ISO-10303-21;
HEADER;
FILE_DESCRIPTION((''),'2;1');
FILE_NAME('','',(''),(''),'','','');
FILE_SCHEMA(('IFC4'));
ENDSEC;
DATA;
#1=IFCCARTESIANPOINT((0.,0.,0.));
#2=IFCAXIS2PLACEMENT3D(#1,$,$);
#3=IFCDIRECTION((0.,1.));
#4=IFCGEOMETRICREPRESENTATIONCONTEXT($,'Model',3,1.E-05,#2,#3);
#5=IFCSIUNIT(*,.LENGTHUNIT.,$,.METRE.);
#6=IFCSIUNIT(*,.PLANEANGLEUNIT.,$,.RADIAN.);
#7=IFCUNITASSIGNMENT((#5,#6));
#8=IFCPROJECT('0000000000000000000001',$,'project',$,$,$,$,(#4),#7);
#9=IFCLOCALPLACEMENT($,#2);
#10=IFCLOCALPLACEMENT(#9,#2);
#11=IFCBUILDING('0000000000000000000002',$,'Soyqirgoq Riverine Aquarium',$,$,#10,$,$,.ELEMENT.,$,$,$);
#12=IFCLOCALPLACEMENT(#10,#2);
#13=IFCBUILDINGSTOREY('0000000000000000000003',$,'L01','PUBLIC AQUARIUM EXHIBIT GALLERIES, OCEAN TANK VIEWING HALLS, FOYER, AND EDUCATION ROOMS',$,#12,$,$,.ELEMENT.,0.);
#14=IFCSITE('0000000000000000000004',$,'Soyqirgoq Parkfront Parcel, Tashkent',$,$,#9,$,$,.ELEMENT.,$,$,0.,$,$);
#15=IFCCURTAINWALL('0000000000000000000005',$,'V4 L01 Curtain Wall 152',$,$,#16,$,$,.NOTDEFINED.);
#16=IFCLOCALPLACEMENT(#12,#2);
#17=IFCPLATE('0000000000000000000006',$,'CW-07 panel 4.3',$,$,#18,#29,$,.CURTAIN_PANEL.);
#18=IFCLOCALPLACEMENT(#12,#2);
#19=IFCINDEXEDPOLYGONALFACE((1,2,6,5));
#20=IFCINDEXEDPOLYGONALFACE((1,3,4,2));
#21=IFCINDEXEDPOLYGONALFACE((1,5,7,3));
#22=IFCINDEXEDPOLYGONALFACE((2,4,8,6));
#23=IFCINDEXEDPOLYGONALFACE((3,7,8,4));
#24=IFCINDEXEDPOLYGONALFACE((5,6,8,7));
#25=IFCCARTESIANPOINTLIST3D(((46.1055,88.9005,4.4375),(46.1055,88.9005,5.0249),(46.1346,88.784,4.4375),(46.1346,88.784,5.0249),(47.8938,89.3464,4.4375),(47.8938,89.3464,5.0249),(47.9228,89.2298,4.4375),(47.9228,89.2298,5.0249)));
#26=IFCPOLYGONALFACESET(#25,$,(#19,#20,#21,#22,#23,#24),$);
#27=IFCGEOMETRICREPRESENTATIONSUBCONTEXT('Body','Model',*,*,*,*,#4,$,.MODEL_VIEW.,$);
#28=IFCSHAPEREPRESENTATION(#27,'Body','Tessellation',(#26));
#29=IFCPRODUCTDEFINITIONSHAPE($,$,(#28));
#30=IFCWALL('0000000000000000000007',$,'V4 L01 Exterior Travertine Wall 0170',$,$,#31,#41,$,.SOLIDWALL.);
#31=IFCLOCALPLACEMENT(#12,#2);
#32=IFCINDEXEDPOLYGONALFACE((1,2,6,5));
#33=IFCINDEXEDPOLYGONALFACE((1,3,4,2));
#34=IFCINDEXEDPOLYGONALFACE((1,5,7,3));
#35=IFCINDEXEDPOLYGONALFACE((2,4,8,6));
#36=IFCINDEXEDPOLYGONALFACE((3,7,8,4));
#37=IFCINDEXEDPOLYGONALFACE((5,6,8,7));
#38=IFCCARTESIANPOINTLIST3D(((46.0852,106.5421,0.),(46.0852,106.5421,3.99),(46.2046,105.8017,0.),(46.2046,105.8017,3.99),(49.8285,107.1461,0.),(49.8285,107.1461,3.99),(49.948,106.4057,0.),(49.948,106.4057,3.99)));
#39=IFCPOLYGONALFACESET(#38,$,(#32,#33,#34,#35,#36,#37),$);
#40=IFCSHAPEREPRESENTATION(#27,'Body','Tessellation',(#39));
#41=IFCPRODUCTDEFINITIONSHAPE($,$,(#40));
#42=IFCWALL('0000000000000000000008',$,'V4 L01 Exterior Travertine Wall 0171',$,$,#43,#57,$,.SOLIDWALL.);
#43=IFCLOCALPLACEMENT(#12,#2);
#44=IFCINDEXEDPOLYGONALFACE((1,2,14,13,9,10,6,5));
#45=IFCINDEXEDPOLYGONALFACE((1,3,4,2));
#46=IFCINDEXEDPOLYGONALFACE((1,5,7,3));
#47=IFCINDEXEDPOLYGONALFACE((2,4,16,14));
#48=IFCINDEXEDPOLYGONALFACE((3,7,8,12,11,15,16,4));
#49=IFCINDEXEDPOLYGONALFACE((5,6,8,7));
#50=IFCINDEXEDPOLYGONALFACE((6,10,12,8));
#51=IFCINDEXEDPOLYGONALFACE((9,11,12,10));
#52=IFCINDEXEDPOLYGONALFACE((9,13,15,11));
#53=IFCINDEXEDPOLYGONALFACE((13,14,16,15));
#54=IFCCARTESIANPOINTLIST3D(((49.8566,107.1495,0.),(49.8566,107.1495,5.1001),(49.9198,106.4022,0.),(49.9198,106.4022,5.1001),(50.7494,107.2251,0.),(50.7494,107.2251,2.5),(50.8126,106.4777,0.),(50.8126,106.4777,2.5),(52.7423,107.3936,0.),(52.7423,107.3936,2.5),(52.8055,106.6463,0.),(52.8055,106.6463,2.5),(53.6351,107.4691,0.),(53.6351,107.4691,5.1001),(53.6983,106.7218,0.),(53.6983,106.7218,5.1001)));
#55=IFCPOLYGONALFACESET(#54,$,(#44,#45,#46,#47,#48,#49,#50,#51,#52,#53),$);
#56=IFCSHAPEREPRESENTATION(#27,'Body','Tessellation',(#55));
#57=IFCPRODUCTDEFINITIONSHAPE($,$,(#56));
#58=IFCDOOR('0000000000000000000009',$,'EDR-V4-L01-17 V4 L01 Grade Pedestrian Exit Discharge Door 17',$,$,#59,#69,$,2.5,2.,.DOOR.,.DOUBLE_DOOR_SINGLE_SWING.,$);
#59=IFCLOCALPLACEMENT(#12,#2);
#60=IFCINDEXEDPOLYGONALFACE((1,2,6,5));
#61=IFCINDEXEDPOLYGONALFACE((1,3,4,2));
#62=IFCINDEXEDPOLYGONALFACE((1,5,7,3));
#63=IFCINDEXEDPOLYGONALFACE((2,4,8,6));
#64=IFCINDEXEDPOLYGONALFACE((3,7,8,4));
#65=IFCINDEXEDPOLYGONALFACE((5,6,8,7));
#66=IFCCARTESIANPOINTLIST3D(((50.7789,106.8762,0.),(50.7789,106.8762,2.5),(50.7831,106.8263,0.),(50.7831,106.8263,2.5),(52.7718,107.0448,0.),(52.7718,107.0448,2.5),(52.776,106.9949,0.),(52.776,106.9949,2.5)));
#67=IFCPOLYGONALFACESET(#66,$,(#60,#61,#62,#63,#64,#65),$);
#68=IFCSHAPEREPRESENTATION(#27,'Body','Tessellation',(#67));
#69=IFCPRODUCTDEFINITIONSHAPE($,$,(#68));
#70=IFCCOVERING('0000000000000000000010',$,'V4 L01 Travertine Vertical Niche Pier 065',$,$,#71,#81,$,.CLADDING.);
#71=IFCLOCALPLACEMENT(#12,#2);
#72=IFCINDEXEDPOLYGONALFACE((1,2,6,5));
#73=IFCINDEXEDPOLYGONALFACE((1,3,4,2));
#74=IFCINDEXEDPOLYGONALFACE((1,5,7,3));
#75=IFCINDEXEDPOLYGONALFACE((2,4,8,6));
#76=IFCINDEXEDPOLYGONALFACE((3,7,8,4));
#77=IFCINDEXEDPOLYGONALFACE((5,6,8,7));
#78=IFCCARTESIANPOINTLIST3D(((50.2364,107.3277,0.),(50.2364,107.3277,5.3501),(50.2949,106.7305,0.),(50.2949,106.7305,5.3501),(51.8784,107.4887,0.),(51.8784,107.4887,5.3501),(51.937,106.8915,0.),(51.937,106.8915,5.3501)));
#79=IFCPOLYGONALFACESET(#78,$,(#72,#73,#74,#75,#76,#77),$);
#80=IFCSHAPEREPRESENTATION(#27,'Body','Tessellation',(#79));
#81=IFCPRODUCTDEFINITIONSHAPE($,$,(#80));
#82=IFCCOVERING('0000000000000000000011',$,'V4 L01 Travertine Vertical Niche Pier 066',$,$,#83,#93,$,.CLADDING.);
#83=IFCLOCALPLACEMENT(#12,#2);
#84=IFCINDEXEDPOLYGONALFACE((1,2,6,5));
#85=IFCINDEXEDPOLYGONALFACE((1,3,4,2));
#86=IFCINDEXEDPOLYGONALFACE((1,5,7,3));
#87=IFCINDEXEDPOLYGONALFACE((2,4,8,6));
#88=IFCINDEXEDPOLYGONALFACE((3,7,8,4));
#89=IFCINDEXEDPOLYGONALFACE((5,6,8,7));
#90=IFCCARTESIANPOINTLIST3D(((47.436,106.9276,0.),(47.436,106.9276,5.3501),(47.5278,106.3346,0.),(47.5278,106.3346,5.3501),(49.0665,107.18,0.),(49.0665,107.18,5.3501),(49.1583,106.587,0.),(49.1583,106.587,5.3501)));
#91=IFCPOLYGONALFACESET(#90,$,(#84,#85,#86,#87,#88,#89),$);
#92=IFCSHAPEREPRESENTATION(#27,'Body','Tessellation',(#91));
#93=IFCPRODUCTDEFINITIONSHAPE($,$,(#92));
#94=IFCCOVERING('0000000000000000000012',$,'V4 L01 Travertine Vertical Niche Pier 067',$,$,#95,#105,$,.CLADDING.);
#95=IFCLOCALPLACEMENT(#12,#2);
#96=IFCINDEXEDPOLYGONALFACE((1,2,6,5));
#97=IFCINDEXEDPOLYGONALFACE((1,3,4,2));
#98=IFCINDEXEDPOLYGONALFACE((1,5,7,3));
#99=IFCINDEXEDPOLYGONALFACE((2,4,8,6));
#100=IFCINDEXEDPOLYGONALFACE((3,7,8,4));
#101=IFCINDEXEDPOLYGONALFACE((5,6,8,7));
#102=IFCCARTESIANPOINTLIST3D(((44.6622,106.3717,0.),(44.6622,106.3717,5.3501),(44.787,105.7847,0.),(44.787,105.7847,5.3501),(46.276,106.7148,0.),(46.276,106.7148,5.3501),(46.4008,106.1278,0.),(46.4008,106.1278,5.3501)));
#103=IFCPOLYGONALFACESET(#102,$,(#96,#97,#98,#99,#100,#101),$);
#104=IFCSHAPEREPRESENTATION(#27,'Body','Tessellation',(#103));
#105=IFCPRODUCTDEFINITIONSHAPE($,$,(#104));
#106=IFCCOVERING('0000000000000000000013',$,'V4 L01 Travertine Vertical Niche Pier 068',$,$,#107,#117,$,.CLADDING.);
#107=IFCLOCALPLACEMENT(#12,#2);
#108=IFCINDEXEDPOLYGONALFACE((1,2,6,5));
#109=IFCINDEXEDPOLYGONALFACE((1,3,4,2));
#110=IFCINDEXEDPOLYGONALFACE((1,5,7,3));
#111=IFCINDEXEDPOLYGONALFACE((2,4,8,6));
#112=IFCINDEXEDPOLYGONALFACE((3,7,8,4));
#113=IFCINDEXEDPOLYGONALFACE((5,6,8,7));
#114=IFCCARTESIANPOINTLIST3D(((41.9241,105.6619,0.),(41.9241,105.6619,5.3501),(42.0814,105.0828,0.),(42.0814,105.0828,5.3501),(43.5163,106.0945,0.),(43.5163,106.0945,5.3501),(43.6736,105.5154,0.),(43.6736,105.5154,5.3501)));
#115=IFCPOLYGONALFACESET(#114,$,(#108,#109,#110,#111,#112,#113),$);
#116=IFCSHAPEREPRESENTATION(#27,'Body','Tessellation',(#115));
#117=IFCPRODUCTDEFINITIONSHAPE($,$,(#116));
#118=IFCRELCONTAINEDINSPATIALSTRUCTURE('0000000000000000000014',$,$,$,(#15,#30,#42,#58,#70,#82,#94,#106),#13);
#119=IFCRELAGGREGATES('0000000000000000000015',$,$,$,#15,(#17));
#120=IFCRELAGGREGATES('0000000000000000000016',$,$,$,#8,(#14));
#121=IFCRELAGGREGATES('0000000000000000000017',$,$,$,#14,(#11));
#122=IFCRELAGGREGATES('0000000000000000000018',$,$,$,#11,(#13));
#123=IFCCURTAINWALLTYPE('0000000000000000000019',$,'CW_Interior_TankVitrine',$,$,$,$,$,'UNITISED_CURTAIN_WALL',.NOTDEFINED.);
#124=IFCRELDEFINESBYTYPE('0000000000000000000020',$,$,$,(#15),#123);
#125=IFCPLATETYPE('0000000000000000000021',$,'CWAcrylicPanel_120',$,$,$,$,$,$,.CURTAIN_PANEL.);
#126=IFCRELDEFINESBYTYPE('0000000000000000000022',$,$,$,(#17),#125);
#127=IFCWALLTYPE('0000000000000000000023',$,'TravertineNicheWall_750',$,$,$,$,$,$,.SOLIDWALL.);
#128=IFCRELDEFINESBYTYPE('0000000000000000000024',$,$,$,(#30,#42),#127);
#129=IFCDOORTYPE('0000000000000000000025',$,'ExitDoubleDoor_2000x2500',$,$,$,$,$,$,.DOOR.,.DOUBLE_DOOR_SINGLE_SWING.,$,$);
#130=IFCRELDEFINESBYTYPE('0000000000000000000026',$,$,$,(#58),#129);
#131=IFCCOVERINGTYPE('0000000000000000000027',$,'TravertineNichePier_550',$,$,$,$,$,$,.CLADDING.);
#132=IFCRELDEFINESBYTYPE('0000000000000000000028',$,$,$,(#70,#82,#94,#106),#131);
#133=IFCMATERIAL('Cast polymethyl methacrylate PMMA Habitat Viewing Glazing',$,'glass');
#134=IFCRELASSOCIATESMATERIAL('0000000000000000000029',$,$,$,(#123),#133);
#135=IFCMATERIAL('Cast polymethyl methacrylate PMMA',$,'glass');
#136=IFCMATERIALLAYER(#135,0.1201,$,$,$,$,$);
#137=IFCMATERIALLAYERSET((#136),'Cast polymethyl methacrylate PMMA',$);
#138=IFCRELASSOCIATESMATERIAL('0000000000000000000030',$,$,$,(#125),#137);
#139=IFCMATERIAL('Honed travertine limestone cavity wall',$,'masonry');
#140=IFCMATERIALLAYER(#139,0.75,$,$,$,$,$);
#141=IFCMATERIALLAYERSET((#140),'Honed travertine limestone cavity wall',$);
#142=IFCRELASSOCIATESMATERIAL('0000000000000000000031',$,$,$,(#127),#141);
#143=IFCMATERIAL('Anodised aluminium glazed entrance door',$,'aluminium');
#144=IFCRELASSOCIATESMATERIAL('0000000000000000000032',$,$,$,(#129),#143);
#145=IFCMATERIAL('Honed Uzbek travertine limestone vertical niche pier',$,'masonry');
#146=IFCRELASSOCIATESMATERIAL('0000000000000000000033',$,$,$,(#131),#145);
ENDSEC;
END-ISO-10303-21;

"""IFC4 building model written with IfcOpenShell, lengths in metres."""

from ifc_helpers import new_model, si_unit, direction, frame, frame_2d, origin, origin_2d, place, context, subcontext, project, spatial, rectangle, extrude, material, layer, layer_set, type_object, element, fill, aggregate, save


model = new_model("IFC4")

# Units and contexts
model_context = context("Model", 3, precision=1e-05, world=origin(), true_north=direction((0.0, 1.0)))
body_context = subcontext(model_context, "Body", "Model", "MODEL_VIEW")
ifc_project = project(units=[si_unit("LENGTHUNIT", "METRE"), si_unit("PLANEANGLEUNIT", "RADIAN")], contexts=[model_context])

# Site, building, storey
site_placement = place(None, origin())
site = spatial("IfcSite", under=ifc_project, at=site_placement, Name="Soyqirgoq Parkfront Parcel, Tashkent", CompositionType="ELEMENT", RefElevation=0.0)
building_placement = place(site_placement, origin())
building = spatial("IfcBuilding", under=site, at=building_placement, Name="Soyqirgoq Riverine Aquarium", CompositionType="ELEMENT")
storey_placement = place(building_placement, origin())
storey = spatial("IfcBuildingStorey", under=building, at=storey_placement, Name="L01", Description="PUBLIC AQUARIUM EXHIBIT GALLERIES, OCEAN TANK VIEWING HALLS, FOYER, AND EDUCATION ROOMS", CompositionType="ELEMENT", Elevation=0.0)

# Curtain wall
ifc_material_1 = material(Name="Cast polymethyl methacrylate PMMA Habitat Viewing Glazing", Category="glass")
curtain_wall_type = type_object("IfcCurtainWallType", Name="CW_Interior_TankVitrine", ElementType="UNITISED_CURTAIN_WALL", PredefinedType="NOTDEFINED", material=ifc_material_1)
curtain_wall_placement = place(storey_placement, origin())
curtain_wall = element("IfcCurtainWall", 1, at=curtain_wall_placement, inside=storey, type_object=curtain_wall_type, Name="V4 L01 Curtain Wall 152", PredefinedType="NOTDEFINED")

# Plate
ifc_material_2 = material(Name="Cast polymethyl methacrylate PMMA", Category="glass")
ifc_layer_1 = layer(ifc_material_2, 0.1201)
ifc_layer_set_1 = layer_set([ifc_layer_1], Name="Cast polymethyl methacrylate PMMA")
plate_type = type_object("IfcPlateType", Name="CWAcrylicPanel_120", PredefinedType="CURTAIN_PANEL", material=ifc_layer_set_1)
plate_1_placement = place(storey_placement, frame((47.0142, 89.0652, 4.4375), z_axis=(0.0, 0.0, 1.0), x_axis=(-0.970295, -0.241926, 0.0)))
plate_1 = element("IfcPlate", 2, at=plate_1_placement, type_object=plate_type, Name="CW-07 panel 4.3", PredefinedType="CURTAIN_PANEL", context=body_context, shape_type="SweptSolid", body=[
    extrude(rectangle(XDim=1.843, YDim=0.1201, at=origin_2d()), origin(), (0.0, 0.0, 1.0), 0.5874),
])
aggregate(curtain_wall, [plate_1])

# Wall
ifc_material_3 = material(Name="Honed travertine limestone cavity wall", Category="masonry")
ifc_layer_2 = layer(ifc_material_3, 0.75)
ifc_layer_set_2 = layer_set([ifc_layer_2], Name="Honed travertine limestone cavity wall")
wall_type = type_object("IfcWallType", Name="TravertineNicheWall_750", PredefinedType="SOLIDWALL", material=ifc_layer_set_2)
wall_1_placement = place(storey_placement, frame((46.1448, 106.1719, 0.0), z_axis=(0.0, 0.0, 1.0), x_axis=(0.987232, 0.159291, 0.0)))
element("IfcWall", 3, at=wall_1_placement, inside=storey, type_object=wall_type, Name="V4 L01 Exterior Travertine Wall 0170", PredefinedType="SOLIDWALL", context=body_context, shape_type="SweptSolid", body=[
    extrude(rectangle(XDim=3.7917, YDim=0.75, at=frame_2d((1.896, 0.0))), origin(), (0.0, 0.0, 1.0), 3.99),
])

# Wall, opening, door
wall_2_placement = place(storey_placement, frame((49.8882, 106.7759, 0.0), z_axis=(0.0, 0.0, 1.0), x_axis=(0.996442, 0.084276, 0.0)))
wall_2 = element("IfcWall", 4, at=wall_2_placement, inside=storey, type_object=wall_type, Name="V4 L01 Exterior Travertine Wall 0171", PredefinedType="SOLIDWALL", context=body_context, shape_type="SweptSolid", body=[
    extrude(rectangle(XDim=3.792, YDim=0.75, at=frame_2d((1.896, 0.0))), origin(), (0.0, 0.0, 1.0), 5.1001),
])
opening_placement = place(wall_2_placement, frame((0.896, 0.0, 0.0)))
opening = element("IfcOpeningElement", 5, at=opening_placement, cuts=wall_2, PredefinedType="OPENING", context=body_context, shape_type="SweptSolid", body=[
    extrude(rectangle(XDim=2.0, YDim=2.5, at=frame_2d((1.0, 1.25))), frame((0.0, 0.385, 0.0), z_axis=(0.0, -1.0, 0.0), x_axis=(1.0, 0.0, 0.0)), (0.0, 0.0, 1.0), 0.77),
])
ifc_material_4 = material(Name="Anodised aluminium glazed entrance door", Category="aluminium")
door_type = type_object("IfcDoorType", Name="ExitDoubleDoor_2000x2500", OperationType="DOUBLE_DOOR_SINGLE_SWING", PredefinedType="DOOR", material=ifc_material_4)
door_placement = place(opening_placement, origin())
door = element("IfcDoor", 6, at=door_placement, inside=storey, type_object=door_type, Name="EDR-V4-L01-17 V4 L01 Grade Pedestrian Exit Discharge Door 17", OperationType="DOUBLE_DOOR_SINGLE_SWING", OverallHeight=2.5, OverallWidth=2.0, PredefinedType="DOOR", context=body_context, shape_type="SweptSolid", body=[
    extrude(rectangle(XDim=2.0, YDim=2.5, at=frame_2d((1.0, 1.25))), frame((0.0, 0.0249, 0.0), z_axis=(0.0, -1.0, 0.0), x_axis=(1.0, 0.0, 0.0)), (0.0, 0.0, 1.0), 0.05),
])
fill(opening, door)

# Coverings
ifc_material_5 = material(Name="Honed Uzbek travertine limestone vertical niche pier", Category="masonry")
covering_type = type_object("IfcCoveringType", Name="TravertineNichePier_550", PredefinedType="CLADDING", material=ifc_material_5)
for number, where, z_axis, x_axis, name in (
    (7, (51.0867, 107.1096, 0.0), (0.0, 0.0, 1.0), (-0.097583, 0.995227, 0.0), "V4 L01 Travertine Vertical Niche Pier 065"),
    (8, (48.2971, 106.7573, 0.0), (0.0, 0.0, 1.0), (-0.152986, 0.988228, 0.0), "V4 L01 Travertine Vertical Niche Pier 066"),
    (9, (45.5315, 106.2498, 0.0), (0.0, 0.0, 1.0), (-0.207912, 0.978148, 0.0), "V4 L01 Travertine Vertical Niche Pier 067"),
    (10, (42.7988, 105.5886, 0.0), (0.0, 0.0, 1.0), (-0.262189, 0.965016, 0.0), "V4 L01 Travertine Vertical Niche Pier 068"),
):
    element("IfcCovering", number, at=place(storey_placement, frame(where, z_axis=z_axis, x_axis=x_axis)), inside=storey, type_object=covering_type, Name=name, PredefinedType="CLADDING", context=body_context, shape_type="SweptSolid", body=[
        extrude(rectangle(XDim=0.6001, YDim=1.6499, at=origin_2d()), origin(), (0.0, 0.0, 1.0), 5.3501),
    ])

save(model, "model.ifc")
